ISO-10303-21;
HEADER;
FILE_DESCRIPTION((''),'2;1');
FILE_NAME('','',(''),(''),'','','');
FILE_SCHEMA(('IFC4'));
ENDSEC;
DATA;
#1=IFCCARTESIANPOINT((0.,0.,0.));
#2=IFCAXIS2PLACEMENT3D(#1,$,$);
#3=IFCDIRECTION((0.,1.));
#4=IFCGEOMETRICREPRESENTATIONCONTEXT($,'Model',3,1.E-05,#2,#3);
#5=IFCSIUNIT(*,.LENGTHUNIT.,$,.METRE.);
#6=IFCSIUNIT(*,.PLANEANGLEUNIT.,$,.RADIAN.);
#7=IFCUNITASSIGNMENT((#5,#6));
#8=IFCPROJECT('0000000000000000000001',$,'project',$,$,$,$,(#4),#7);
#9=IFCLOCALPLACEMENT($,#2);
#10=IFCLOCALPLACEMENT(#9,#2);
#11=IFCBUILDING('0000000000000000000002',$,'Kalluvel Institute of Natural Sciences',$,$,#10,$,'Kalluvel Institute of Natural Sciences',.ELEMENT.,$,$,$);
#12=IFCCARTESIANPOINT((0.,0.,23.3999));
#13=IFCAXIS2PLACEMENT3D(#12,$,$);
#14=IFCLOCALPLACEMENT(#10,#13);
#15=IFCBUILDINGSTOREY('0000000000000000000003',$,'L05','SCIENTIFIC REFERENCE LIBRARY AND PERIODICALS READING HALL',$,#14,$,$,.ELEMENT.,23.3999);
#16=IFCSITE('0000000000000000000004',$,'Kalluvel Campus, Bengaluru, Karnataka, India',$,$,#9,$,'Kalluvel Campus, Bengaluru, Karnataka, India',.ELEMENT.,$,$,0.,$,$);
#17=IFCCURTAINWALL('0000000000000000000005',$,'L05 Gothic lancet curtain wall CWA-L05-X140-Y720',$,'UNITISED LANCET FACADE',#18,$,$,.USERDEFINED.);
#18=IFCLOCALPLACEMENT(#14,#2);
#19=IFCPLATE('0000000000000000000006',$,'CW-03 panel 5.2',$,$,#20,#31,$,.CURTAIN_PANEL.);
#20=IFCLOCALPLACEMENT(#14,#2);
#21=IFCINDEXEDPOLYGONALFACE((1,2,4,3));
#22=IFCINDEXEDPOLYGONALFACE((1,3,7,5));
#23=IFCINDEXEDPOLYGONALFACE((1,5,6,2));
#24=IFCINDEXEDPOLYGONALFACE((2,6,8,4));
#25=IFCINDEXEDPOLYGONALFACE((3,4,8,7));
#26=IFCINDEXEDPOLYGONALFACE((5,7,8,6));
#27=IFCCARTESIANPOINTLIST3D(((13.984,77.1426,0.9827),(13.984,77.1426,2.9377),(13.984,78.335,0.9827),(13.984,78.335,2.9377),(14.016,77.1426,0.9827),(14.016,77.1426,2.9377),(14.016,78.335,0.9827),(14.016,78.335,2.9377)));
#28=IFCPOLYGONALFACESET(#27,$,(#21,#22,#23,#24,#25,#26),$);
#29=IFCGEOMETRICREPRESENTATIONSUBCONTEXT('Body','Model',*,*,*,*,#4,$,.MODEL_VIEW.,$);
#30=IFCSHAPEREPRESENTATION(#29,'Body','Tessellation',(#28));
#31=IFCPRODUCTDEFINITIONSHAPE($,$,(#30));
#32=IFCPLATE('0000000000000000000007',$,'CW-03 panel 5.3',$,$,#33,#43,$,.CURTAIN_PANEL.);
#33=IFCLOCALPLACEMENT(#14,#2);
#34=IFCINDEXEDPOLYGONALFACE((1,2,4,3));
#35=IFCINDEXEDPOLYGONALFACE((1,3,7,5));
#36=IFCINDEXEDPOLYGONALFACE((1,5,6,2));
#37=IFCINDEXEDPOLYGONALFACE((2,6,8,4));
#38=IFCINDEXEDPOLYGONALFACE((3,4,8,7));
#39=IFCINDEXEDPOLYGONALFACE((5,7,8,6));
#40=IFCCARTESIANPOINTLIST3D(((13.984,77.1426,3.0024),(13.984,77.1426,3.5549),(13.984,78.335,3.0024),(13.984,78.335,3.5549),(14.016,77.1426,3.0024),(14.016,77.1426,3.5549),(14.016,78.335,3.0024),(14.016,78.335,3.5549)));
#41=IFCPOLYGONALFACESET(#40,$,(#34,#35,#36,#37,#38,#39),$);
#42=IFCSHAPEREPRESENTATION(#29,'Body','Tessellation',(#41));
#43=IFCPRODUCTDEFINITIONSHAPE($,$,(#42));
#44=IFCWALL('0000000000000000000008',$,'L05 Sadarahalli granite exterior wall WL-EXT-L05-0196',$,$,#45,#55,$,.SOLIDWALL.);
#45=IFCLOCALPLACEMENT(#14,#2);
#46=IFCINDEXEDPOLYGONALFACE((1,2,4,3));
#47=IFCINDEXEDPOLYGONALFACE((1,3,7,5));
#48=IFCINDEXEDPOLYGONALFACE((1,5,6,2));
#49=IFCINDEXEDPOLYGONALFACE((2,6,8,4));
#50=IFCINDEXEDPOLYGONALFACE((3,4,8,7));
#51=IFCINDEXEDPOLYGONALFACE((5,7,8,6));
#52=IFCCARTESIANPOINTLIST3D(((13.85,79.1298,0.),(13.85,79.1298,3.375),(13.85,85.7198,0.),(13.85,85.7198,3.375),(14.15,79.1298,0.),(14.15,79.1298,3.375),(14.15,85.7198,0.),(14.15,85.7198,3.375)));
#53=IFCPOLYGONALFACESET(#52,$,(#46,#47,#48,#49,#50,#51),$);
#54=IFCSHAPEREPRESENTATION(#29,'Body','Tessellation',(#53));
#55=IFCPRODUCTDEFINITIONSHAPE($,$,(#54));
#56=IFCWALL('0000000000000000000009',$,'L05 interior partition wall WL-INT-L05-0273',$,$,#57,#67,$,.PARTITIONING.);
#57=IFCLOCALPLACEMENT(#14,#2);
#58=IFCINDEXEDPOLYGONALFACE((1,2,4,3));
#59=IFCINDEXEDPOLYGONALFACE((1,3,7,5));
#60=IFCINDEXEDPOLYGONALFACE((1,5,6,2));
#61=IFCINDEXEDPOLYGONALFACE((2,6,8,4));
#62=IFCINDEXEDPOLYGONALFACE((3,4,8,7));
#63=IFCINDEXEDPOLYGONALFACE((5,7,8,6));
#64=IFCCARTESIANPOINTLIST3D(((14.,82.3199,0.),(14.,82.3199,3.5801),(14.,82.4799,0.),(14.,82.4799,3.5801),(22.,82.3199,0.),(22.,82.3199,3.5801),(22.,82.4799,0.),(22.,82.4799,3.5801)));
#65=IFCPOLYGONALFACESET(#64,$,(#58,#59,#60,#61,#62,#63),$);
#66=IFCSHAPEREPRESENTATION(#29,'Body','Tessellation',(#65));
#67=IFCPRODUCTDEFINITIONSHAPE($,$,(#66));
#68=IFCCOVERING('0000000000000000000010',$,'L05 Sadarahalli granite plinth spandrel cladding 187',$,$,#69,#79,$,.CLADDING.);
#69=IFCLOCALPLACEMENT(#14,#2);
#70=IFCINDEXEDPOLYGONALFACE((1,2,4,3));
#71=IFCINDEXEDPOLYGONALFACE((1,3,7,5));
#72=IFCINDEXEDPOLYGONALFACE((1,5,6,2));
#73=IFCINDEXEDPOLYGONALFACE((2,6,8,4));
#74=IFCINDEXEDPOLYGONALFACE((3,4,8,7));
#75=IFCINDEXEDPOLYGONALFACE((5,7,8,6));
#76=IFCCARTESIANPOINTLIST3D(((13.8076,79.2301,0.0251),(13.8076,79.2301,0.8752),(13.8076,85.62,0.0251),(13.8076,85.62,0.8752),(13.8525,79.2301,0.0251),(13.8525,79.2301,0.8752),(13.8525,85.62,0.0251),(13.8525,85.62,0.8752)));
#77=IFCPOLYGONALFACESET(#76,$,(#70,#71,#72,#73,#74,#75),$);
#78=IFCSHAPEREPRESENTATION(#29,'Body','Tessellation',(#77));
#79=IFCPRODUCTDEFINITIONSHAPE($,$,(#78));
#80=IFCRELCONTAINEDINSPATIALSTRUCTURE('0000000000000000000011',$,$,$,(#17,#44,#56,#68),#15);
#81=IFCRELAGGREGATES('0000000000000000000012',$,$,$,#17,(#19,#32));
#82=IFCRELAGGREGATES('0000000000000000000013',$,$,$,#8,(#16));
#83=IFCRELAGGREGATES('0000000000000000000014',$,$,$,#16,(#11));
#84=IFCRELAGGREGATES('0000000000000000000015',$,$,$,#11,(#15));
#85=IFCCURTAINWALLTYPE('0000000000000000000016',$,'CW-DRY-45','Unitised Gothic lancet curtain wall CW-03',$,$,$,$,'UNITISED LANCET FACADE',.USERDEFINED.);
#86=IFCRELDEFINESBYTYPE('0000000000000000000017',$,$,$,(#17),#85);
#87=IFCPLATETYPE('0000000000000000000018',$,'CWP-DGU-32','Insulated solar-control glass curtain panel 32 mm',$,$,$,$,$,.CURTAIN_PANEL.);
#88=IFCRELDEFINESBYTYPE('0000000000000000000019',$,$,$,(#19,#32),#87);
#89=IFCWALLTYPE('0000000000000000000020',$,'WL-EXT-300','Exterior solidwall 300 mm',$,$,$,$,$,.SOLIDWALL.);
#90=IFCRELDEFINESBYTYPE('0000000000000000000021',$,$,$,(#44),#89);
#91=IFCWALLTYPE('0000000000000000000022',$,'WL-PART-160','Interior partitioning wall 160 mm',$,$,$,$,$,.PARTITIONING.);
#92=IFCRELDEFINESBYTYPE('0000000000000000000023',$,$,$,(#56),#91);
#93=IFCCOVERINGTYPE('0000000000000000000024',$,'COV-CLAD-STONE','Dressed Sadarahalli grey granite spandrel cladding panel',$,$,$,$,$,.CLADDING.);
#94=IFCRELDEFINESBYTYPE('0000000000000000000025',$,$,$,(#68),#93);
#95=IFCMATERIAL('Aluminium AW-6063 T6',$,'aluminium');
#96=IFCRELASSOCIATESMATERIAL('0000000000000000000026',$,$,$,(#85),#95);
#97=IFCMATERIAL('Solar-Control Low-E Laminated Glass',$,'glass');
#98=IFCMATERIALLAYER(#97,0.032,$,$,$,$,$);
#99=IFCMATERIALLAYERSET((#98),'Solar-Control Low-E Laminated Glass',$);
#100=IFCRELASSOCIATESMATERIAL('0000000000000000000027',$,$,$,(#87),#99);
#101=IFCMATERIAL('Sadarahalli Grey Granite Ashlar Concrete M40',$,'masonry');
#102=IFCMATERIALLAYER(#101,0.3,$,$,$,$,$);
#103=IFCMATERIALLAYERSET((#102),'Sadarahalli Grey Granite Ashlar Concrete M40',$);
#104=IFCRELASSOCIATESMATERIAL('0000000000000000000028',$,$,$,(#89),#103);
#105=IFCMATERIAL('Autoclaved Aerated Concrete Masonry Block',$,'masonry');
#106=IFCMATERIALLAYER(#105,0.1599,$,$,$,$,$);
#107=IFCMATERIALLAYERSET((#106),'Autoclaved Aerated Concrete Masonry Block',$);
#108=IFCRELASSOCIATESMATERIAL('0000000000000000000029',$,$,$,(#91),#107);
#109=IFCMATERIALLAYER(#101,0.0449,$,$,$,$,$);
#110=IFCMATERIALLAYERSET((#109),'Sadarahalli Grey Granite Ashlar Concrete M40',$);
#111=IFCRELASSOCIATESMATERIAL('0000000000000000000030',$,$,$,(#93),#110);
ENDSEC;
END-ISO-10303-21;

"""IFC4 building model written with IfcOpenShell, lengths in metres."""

from ifc_helpers import new_model, si_unit, direction, frame, frame_2d, origin, origin_2d, place, context, subcontext, project, spatial, rectangle, extrude, material, layer, layer_set, type_object, element, aggregate, save


model = new_model("IFC4")

# Units and contexts
model_context = context("Model", 3, precision=1e-05, world=origin(), true_north=direction((0.0, 1.0)))
body_context = subcontext(model_context, "Body", "Model", "MODEL_VIEW")
ifc_project = project(units=[si_unit("LENGTHUNIT", "METRE"), si_unit("PLANEANGLEUNIT", "RADIAN")], contexts=[model_context])

# Site, building, storey
site_placement = place(None, origin())
site = spatial("IfcSite", under=ifc_project, at=site_placement, Name="Kalluvel Campus, Bengaluru, Karnataka, India", LongName="Kalluvel Campus, Bengaluru, Karnataka, India", CompositionType="ELEMENT", RefElevation=0.0)
building_placement = place(site_placement, origin())
building = spatial("IfcBuilding", under=site, at=building_placement, Name="Kalluvel Institute of Natural Sciences", LongName="Kalluvel Institute of Natural Sciences", CompositionType="ELEMENT")
storey_placement = place(building_placement, frame((0.0, 0.0, 23.3999)))
storey = spatial("IfcBuildingStorey", under=building, at=storey_placement, Name="L05", Description="SCIENTIFIC REFERENCE LIBRARY AND PERIODICALS READING HALL", CompositionType="ELEMENT", Elevation=23.3999)

# Curtain wall
ifc_material_1 = material(Name="Aluminium AW-6063 T6", Category="aluminium")
curtain_wall_type = type_object("IfcCurtainWallType", Name="CW-DRY-45", Description="Unitised Gothic lancet curtain wall CW-03", ElementType="UNITISED LANCET FACADE", PredefinedType="USERDEFINED", material=ifc_material_1)
curtain_wall_1_placement = place(storey_placement, origin())
curtain_wall_1 = element("IfcCurtainWall", 1, at=curtain_wall_1_placement, inside=storey, type_object=curtain_wall_type, Name="L05 Gothic lancet curtain wall CWA-L05-X140-Y720", ObjectType="UNITISED LANCET FACADE", PredefinedType="USERDEFINED")

# Plates
ifc_material_2 = material(Name="Solar-Control Low-E Laminated Glass", Category="glass")
ifc_layer_1 = layer(ifc_material_2, 0.032)
ifc_layer_set_1 = layer_set([ifc_layer_1], Name="Solar-Control Low-E Laminated Glass")
plate_type = type_object("IfcPlateType", Name="CWP-DGU-32", Description="Insulated solar-control glass curtain panel 32 mm", PredefinedType="CURTAIN_PANEL", material=ifc_layer_set_1)
plate_1_placement = place(storey_placement, frame((14.0, 77.7388, 0.9827), z_axis=(0.0, 0.0, 1.0), x_axis=(0.0, 1.0, 0.0)))
plate_1 = element("IfcPlate", 2, at=plate_1_placement, type_object=plate_type, Name="CW-03 panel 5.2", PredefinedType="CURTAIN_PANEL", context=body_context, shape_type="SweptSolid", body=[
    extrude(rectangle(XDim=1.1924, YDim=0.032, at=origin_2d()), origin(), (0.0, 0.0, 1.0), 1.9551),
])
plate_2_placement = place(storey_placement, frame((14.0, 77.7388, 3.0024), z_axis=(0.0, 0.0, 1.0), x_axis=(0.0, 1.0, 0.0)))
plate_2 = element("IfcPlate", 3, at=plate_2_placement, type_object=plate_type, Name="CW-03 panel 5.3", PredefinedType="CURTAIN_PANEL", context=body_context, shape_type="SweptSolid", body=[
    extrude(rectangle(XDim=1.1924, YDim=0.032, at=origin_2d()), origin(), (0.0, 0.0, 1.0), 0.5525),
])
aggregate(curtain_wall_1, [plate_1, plate_2])

# Walls
ifc_material_3 = material(Name="Sadarahalli Grey Granite Ashlar Concrete M40", Category="masonry")
ifc_layer_2 = layer(ifc_material_3, 0.3)
ifc_layer_set_2 = layer_set([ifc_layer_2], Name="Sadarahalli Grey Granite Ashlar Concrete M40")
wall_type_1 = type_object("IfcWallType", Name="WL-EXT-300", Description="Exterior solidwall 300 mm", PredefinedType="SOLIDWALL", material=ifc_layer_set_2)
wall_1_placement = place(storey_placement, frame((14.0, 79.1299, 0.0), z_axis=(0.0, 0.0, 1.0), x_axis=(0.0, 1.0, 0.0)))
element("IfcWall", 4, at=wall_1_placement, inside=storey, type_object=wall_type_1, Name="L05 Sadarahalli granite exterior wall WL-EXT-L05-0196", PredefinedType="SOLIDWALL", context=body_context, shape_type="SweptSolid", body=[
    extrude(rectangle(XDim=6.5901, YDim=0.3, at=frame_2d((3.2949, 0.0))), origin(), (0.0, 0.0, 1.0), 3.375),
])
ifc_material_4 = material(Name="Autoclaved Aerated Concrete Masonry Block", Category="masonry")
ifc_layer_3 = layer(ifc_material_4, 0.1599)
ifc_layer_set_3 = layer_set([ifc_layer_3], Name="Autoclaved Aerated Concrete Masonry Block")
wall_type_2 = type_object("IfcWallType", Name="WL-PART-160", Description="Interior partitioning wall 160 mm", PredefinedType="PARTITIONING", material=ifc_layer_set_3)
wall_2_placement = place(storey_placement, frame((14.0, 82.3999, 0.0), z_axis=(0.0, 0.0, 1.0), x_axis=(1.0, 0.0, 0.0)))
element("IfcWall", 5, at=wall_2_placement, inside=storey, type_object=wall_type_2, Name="L05 interior partition wall WL-INT-L05-0273", PredefinedType="PARTITIONING", context=body_context, shape_type="SweptSolid", body=[
    extrude(rectangle(XDim=8.0, YDim=0.1599, at=frame_2d((4.0, 0.0))), origin(), (0.0, 0.0, 1.0), 3.5801),
])

# Covering
ifc_layer_4 = layer(ifc_material_3, 0.0449)
ifc_layer_set_4 = layer_set([ifc_layer_4], Name="Sadarahalli Grey Granite Ashlar Concrete M40")
covering_type = type_object("IfcCoveringType", Name="COV-CLAD-STONE", Description="Dressed Sadarahalli grey granite spandrel cladding panel", PredefinedType="CLADDING", material=ifc_layer_set_4)
covering_placement = place(storey_placement, frame((13.8301, 82.425, 0.0251), z_axis=(0.0, 0.0, 1.0), x_axis=(0.0, 1.0, 0.0)))
element("IfcCovering", 6, at=covering_placement, inside=storey, type_object=covering_type, Name="L05 Sadarahalli granite plinth spandrel cladding 187", PredefinedType="CLADDING", context=body_context, shape_type="SweptSolid", body=[
    extrude(rectangle(XDim=6.3899, YDim=0.0449, at=origin_2d()), origin(), (0.0, 0.0, 1.0), 0.8501),
])

save(model, "model.ifc")
